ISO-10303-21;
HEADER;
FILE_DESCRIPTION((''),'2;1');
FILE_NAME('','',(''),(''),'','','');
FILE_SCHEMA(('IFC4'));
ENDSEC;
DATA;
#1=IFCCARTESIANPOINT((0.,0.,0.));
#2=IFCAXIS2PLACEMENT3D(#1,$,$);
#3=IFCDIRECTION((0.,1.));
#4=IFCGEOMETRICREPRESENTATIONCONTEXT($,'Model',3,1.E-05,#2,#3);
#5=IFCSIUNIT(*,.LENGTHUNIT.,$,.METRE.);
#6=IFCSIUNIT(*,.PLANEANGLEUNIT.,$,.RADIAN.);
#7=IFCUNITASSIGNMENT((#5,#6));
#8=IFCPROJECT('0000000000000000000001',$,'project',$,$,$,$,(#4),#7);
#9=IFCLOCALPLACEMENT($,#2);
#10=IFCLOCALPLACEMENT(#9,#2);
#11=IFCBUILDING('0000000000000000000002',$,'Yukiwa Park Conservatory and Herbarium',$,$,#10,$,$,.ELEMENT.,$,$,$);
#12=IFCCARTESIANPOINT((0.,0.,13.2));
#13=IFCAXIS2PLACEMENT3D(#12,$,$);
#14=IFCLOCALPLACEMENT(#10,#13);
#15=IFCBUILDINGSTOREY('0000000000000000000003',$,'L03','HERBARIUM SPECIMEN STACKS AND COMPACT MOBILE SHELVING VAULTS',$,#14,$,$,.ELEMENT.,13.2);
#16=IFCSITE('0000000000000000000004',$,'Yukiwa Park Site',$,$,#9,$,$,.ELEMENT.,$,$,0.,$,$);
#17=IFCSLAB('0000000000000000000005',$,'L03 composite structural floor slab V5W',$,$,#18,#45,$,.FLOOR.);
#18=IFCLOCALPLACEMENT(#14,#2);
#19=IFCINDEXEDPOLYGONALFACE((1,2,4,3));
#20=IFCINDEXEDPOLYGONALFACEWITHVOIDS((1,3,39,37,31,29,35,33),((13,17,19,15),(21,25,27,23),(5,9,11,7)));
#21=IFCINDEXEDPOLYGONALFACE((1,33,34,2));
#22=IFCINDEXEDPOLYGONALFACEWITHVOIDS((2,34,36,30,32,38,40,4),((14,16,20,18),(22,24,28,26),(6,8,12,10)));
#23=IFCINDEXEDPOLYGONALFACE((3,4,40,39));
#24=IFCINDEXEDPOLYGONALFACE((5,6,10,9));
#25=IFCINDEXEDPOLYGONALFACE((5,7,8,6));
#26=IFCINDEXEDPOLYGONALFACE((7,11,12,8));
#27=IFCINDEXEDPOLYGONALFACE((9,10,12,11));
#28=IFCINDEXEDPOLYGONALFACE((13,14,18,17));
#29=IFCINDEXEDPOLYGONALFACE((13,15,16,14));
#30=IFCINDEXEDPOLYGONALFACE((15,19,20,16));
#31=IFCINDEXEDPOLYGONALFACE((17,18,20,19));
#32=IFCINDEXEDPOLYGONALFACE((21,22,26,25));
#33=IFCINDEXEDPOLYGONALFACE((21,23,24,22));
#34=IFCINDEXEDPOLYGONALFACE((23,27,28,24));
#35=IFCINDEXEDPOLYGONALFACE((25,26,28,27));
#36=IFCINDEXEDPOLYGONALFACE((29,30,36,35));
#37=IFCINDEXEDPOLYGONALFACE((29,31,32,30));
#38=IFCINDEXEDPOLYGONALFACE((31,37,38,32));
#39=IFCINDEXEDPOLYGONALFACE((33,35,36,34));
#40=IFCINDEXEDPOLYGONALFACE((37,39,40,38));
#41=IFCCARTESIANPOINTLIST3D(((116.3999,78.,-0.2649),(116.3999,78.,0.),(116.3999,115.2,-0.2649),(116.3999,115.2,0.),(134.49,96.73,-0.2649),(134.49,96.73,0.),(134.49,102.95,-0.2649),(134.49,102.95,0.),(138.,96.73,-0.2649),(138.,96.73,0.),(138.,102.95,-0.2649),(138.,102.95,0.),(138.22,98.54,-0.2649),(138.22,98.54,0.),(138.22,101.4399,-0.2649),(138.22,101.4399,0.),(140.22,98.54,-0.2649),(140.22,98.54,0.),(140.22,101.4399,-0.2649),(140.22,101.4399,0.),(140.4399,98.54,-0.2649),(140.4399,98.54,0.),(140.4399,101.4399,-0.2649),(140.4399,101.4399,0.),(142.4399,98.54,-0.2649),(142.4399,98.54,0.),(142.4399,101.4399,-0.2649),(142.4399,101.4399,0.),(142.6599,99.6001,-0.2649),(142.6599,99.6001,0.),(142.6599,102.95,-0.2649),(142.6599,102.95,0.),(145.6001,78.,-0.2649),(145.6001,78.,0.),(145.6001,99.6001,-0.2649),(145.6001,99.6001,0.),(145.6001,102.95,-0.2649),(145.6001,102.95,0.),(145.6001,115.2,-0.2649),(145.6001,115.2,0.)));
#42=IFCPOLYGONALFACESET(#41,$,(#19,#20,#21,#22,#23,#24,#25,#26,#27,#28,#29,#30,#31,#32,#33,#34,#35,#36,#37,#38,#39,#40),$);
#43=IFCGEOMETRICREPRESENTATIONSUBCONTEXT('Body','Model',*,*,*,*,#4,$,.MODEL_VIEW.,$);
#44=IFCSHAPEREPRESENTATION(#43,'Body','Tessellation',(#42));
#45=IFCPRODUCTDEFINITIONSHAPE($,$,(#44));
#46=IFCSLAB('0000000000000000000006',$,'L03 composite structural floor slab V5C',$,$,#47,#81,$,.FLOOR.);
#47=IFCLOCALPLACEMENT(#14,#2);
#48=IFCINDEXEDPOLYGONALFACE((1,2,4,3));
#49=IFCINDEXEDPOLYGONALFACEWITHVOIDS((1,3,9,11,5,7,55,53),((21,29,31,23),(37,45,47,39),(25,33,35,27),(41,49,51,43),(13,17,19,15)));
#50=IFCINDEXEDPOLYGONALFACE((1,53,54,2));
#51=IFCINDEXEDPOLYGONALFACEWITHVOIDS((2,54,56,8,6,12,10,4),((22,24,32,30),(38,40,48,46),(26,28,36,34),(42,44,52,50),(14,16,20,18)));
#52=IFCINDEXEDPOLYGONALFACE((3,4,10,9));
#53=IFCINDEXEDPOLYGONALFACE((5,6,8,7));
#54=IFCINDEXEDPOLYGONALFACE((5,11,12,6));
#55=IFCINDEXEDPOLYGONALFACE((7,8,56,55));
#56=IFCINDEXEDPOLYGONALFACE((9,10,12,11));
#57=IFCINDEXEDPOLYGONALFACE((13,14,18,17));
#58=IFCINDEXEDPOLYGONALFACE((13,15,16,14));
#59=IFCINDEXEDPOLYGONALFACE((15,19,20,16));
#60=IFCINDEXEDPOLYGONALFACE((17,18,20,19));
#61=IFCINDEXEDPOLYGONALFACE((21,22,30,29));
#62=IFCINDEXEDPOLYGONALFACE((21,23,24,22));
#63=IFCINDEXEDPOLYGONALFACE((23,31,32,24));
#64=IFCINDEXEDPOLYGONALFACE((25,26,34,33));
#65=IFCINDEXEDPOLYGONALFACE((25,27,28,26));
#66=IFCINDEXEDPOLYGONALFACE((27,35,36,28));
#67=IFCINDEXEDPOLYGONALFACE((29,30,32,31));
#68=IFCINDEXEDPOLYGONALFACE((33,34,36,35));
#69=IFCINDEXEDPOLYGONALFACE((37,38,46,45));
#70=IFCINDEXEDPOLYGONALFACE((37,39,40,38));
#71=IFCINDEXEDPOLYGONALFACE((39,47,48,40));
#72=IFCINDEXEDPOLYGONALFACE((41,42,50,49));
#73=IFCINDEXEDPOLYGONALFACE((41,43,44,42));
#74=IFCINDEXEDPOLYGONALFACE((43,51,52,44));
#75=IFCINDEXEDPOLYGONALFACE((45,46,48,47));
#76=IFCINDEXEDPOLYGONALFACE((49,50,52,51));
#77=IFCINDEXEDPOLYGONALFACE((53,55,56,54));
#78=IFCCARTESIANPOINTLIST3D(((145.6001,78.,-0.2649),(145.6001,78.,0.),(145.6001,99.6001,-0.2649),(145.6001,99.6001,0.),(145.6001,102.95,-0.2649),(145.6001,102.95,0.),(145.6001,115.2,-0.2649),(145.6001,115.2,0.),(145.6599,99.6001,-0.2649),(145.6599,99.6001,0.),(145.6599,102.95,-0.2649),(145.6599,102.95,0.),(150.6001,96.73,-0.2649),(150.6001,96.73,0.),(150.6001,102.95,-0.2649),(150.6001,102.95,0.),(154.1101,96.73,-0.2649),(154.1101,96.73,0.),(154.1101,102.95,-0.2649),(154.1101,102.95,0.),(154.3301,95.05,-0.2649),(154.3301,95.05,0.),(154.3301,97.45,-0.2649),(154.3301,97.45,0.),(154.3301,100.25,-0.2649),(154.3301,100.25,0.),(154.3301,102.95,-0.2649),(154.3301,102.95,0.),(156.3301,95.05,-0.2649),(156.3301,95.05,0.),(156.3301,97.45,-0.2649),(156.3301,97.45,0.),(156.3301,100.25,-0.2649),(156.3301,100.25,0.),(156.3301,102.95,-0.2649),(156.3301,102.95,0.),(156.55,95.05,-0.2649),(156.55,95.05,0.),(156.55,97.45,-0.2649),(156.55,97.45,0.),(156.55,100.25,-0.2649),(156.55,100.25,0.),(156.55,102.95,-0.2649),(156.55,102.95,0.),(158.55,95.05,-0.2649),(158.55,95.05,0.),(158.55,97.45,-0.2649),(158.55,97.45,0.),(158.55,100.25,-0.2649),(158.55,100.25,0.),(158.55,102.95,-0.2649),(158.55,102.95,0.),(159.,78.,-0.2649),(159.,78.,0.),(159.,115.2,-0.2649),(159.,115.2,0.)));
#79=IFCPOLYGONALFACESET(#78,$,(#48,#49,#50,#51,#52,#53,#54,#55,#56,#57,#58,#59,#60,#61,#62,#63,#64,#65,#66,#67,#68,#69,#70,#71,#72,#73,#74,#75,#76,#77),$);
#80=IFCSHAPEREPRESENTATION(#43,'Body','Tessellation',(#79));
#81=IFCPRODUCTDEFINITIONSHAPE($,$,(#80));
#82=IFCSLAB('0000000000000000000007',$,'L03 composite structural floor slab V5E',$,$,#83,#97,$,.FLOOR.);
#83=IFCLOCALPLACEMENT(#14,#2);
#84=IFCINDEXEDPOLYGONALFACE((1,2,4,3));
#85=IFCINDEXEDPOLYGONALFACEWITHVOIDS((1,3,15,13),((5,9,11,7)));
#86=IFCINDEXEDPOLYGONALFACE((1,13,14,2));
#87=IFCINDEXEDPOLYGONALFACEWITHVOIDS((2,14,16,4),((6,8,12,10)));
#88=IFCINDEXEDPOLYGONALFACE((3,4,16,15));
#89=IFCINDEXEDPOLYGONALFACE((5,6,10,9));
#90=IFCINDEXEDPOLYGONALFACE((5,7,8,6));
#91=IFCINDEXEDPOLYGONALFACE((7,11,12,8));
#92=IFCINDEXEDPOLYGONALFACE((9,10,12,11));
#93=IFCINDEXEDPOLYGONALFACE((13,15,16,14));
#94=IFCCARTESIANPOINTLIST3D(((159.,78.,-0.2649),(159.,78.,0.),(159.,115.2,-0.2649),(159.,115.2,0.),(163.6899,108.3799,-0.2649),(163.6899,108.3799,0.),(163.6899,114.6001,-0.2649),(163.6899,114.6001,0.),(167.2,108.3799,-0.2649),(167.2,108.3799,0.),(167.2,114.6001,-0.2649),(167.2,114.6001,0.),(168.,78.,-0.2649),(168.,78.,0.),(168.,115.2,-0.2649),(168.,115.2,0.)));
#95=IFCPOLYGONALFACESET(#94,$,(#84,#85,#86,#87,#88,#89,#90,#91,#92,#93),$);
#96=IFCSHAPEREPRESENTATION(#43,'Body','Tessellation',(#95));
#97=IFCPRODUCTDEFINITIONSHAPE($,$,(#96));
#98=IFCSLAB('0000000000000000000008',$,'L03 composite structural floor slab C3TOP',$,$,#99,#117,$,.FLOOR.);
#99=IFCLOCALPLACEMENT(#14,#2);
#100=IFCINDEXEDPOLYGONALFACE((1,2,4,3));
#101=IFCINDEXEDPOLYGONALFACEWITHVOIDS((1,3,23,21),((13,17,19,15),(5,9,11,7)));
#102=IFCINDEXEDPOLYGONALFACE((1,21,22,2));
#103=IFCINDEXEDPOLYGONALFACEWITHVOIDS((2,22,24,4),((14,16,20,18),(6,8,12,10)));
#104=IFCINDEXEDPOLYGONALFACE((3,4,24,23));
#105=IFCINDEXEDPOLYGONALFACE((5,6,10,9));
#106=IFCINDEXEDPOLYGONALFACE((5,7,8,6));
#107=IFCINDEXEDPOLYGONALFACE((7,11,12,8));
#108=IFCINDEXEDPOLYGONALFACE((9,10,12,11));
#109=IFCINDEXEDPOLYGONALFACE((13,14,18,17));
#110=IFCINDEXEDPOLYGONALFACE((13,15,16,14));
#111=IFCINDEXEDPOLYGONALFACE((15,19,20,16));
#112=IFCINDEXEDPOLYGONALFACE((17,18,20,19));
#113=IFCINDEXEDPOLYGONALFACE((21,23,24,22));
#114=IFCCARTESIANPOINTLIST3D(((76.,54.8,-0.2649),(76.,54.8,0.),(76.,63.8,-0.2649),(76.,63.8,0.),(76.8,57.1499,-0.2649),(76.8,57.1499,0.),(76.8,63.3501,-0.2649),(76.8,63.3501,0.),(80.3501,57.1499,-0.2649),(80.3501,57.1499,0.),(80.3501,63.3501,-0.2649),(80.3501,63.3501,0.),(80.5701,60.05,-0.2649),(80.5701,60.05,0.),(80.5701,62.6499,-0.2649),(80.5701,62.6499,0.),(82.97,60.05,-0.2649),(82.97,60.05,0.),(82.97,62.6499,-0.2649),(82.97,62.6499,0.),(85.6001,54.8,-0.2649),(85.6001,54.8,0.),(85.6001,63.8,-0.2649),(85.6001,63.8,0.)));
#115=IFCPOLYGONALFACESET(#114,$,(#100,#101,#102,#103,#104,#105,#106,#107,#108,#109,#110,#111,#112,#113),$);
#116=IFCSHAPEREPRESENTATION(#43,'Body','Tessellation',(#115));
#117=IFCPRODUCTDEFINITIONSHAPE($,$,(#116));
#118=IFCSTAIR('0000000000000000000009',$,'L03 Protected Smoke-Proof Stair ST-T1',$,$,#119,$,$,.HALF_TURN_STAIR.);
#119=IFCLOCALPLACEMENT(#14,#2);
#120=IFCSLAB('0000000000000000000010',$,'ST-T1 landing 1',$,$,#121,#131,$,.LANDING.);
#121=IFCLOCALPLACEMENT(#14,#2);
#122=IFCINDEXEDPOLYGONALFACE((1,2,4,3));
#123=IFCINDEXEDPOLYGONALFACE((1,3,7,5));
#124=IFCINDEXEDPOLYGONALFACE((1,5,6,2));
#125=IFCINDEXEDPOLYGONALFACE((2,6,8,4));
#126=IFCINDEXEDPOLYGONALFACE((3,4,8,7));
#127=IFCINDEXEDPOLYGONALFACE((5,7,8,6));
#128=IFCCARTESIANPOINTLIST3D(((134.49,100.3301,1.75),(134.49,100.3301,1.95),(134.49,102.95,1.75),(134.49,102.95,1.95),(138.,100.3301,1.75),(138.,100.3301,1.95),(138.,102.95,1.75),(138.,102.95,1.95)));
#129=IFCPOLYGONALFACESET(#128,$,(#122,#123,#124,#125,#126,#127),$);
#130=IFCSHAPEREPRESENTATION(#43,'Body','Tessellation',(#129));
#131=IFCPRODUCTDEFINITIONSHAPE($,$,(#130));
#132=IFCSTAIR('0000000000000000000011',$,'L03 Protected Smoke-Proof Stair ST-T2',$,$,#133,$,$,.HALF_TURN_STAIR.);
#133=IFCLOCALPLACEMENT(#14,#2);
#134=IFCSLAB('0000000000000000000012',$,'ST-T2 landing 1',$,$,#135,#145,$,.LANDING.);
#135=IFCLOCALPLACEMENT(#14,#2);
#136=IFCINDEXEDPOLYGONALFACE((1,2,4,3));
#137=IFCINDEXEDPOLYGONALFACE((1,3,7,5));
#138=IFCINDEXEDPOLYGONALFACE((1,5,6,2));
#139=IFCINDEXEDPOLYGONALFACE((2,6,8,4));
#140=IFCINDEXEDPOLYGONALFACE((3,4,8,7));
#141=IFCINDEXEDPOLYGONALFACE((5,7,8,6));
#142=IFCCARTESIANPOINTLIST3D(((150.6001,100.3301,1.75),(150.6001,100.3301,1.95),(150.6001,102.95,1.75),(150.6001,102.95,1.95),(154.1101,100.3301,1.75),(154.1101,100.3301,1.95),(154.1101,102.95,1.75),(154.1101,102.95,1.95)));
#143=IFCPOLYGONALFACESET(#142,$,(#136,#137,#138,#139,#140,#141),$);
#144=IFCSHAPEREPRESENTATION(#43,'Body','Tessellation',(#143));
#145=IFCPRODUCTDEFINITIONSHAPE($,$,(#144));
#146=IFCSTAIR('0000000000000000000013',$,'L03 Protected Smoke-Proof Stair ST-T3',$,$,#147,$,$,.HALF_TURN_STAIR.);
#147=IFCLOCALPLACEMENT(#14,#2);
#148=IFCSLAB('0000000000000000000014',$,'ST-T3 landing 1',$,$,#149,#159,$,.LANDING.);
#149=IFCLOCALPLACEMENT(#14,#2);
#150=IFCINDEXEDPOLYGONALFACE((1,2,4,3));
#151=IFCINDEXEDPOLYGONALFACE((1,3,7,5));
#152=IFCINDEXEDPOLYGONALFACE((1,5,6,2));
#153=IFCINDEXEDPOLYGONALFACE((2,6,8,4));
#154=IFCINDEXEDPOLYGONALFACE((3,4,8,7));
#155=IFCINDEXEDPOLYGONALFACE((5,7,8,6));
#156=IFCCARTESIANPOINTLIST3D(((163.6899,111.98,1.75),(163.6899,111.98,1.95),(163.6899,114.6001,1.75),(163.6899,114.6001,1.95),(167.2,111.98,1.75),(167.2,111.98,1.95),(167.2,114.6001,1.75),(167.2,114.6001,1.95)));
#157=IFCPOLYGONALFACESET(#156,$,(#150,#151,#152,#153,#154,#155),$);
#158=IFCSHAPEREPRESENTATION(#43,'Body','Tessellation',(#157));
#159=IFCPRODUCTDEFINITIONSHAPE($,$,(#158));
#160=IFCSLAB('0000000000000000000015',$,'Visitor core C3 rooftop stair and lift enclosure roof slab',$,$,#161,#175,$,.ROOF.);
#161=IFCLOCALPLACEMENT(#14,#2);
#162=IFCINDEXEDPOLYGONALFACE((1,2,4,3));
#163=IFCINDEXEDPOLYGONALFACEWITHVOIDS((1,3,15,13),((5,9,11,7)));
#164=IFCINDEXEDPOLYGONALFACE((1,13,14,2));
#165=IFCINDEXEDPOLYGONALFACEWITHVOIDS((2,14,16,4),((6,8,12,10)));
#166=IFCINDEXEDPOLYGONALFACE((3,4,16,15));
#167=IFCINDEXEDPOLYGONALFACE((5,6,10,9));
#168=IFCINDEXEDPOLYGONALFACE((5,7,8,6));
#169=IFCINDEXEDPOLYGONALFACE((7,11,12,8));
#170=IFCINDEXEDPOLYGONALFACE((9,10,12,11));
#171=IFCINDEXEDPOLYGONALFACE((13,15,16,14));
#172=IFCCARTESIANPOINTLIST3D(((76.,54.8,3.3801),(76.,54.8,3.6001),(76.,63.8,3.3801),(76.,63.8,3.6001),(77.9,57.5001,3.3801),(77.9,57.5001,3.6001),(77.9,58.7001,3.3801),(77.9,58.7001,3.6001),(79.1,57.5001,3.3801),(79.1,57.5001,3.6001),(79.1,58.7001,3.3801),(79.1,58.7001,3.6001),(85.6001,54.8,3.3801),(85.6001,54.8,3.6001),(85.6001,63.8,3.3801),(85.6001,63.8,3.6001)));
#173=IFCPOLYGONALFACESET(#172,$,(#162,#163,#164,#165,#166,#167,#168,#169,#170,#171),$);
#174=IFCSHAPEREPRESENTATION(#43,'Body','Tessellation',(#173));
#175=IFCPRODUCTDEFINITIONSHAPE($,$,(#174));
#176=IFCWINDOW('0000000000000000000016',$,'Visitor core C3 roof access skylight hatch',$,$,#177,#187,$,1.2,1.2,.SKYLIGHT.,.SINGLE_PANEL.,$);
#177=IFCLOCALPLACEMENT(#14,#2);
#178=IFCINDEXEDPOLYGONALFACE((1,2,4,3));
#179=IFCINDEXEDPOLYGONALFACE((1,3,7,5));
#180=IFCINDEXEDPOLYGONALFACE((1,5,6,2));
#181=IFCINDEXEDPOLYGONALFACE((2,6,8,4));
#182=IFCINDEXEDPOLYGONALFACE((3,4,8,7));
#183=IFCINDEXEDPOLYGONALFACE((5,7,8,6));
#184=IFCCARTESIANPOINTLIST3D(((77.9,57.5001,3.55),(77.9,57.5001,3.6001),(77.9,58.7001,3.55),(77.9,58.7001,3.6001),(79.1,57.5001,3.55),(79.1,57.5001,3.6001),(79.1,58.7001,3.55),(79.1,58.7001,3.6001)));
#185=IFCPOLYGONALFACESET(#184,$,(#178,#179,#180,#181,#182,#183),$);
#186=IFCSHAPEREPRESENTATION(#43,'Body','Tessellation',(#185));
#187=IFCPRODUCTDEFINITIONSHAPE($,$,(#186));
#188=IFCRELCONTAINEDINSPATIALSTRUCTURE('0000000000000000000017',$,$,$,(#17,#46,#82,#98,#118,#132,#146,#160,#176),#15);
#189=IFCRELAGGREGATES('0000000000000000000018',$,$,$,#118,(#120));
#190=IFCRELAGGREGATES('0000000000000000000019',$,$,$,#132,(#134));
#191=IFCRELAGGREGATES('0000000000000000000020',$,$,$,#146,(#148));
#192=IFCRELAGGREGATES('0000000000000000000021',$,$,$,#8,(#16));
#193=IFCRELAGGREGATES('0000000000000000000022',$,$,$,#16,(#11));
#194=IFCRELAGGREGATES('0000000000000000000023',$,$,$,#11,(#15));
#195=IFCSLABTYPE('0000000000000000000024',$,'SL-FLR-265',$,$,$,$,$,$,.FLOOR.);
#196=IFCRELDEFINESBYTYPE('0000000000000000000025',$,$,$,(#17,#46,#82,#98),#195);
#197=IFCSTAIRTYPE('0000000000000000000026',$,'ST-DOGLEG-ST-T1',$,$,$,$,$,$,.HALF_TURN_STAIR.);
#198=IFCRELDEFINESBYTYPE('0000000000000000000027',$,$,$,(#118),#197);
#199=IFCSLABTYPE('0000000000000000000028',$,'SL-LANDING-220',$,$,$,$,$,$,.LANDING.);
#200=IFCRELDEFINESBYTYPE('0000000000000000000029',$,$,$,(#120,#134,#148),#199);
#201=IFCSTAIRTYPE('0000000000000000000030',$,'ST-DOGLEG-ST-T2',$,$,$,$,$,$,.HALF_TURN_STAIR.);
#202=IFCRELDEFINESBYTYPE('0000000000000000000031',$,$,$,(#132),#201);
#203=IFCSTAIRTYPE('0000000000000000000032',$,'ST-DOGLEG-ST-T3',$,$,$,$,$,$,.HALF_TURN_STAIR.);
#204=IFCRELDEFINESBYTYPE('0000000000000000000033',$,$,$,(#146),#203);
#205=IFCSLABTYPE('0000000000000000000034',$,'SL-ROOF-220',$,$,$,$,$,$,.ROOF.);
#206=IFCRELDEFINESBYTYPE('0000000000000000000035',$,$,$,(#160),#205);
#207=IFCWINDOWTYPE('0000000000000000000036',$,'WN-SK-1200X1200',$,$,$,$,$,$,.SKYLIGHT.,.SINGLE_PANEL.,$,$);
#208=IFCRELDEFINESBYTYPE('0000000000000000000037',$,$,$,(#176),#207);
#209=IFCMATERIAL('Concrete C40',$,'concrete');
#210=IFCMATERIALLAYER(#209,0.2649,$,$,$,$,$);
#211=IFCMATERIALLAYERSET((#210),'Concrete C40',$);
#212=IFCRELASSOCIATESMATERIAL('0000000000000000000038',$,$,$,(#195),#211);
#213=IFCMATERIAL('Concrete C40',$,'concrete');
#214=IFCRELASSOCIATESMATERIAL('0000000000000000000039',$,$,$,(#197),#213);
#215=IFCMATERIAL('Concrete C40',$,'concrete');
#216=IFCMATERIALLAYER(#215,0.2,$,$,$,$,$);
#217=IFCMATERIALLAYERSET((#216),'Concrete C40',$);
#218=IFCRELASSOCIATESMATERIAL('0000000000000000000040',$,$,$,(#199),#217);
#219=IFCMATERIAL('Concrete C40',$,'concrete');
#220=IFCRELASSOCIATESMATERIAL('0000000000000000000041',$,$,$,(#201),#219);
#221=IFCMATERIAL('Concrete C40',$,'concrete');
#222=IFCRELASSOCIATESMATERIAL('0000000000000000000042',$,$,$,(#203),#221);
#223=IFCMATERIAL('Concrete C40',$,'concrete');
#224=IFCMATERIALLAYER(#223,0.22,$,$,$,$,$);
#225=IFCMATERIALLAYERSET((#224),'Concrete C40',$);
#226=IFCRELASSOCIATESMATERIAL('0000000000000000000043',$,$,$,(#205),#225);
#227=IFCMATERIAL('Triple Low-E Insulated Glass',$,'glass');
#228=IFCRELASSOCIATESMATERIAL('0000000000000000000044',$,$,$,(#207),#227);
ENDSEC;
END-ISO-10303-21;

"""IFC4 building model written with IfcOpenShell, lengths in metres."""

from ifc_helpers import new_model, si_unit, direction, frame, origin, origin_2d, place, context, subcontext, project, spatial, polyline, rectangle, outline, extrude, material, layer, layer_set, type_object, element, fill, aggregate, save


model = new_model("IFC4")

# Units and contexts
model_context = context("Model", 3, precision=1e-05, world=origin(), true_north=direction((0.0, 1.0)))
body_context = subcontext(model_context, "Body", "Model", "MODEL_VIEW")
ifc_project = project(units=[si_unit("LENGTHUNIT", "METRE"), si_unit("PLANEANGLEUNIT", "RADIAN")], contexts=[model_context])

# Site, building, storey
site_placement = place(None, origin())
site = spatial("IfcSite", under=ifc_project, at=site_placement, Name="Yukiwa Park Site", CompositionType="ELEMENT", RefElevation=0.0)
building_placement = place(site_placement, origin())
building = spatial("IfcBuilding", under=site, at=building_placement, Name="Yukiwa Park Conservatory and Herbarium", CompositionType="ELEMENT")
storey_placement = place(building_placement, frame((0.0, 0.0, 13.2)))
storey = spatial("IfcBuildingStorey", under=building, at=storey_placement, Name="L03", Description="HERBARIUM SPECIMEN STACKS AND COMPACT MOBILE SHELVING VAULTS", CompositionType="ELEMENT", Elevation=13.2)

# Slabs
ifc_material_1 = material(Name="Concrete C40", Category="concrete")
ifc_layer_1 = layer(ifc_material_1, 0.2649)
ifc_layer_set_1 = layer_set([ifc_layer_1], Name="Concrete C40")
slab_type_1 = type_object("IfcSlabType", Name="SL-FLR-265", PredefinedType="FLOOR", material=ifc_layer_set_1)
slab_1_placement = place(storey_placement, frame((0.0, 0.0, -0.2649)))
element("IfcSlab", 1, at=slab_1_placement, inside=storey, type_object=slab_type_1, Name="L03 composite structural floor slab V5W", PredefinedType="FLOOR", context=body_context, shape_type="SweptSolid", body=[
    extrude(outline(polyline([(116.3999, 115.2), (145.6001, 115.2), (145.6001, 102.95), (142.6599, 102.95), (142.6599, 99.6001), (145.6001, 99.6001), (145.6001, 78.0), (116.3999, 78.0), (116.3999, 115.2)]), holes=[polyline([(138.0, 102.95), (134.49, 102.95), (134.49, 96.73), (138.0, 96.73), (138.0, 102.95)]), polyline([(138.22, 101.4399), (138.22, 98.54), (140.22, 98.54), (140.22, 101.4399), (138.22, 101.4399)]), polyline([(142.4399, 101.4399), (140.4399, 101.4399), (140.4399, 98.54), (142.4399, 98.54), (142.4399, 101.4399)])]), origin(), (0.0, 0.0, 1.0), 0.2649),
])
slab_2_placement = place(storey_placement, frame((0.0, 0.0, -0.2649)))
element("IfcSlab", 2, at=slab_2_placement, inside=storey, type_object=slab_type_1, Name="L03 composite structural floor slab V5C", PredefinedType="FLOOR", context=body_context, shape_type="SweptSolid", body=[
    extrude(outline(polyline([(145.6001, 99.6001), (145.6599, 99.6001), (145.6599, 102.95), (145.6001, 102.95), (145.6001, 115.2), (159.0, 115.2), (159.0, 78.0), (145.6001, 78.0), (145.6001, 99.6001)]), holes=[polyline([(154.3301, 97.45), (154.3301, 95.05), (156.3301, 95.05), (156.3301, 97.45), (154.3301, 97.45)]), polyline([(158.55, 97.45), (156.55, 97.45), (156.55, 95.05), (158.55, 95.05), (158.55, 97.45)]), polyline([(154.1101, 102.95), (150.6001, 102.95), (150.6001, 96.73), (154.1101, 96.73), (154.1101, 102.95)]), polyline([(154.3301, 102.95), (154.3301, 100.25), (156.3301, 100.25), (156.3301, 102.95), (154.3301, 102.95)]), polyline([(158.55, 102.95), (156.55, 102.95), (156.55, 100.25), (158.55, 100.25), (158.55, 102.95)])]), origin(), (0.0, 0.0, 1.0), 0.2649),
])
slab_3_placement = place(storey_placement, frame((0.0, 0.0, -0.2649)))
element("IfcSlab", 3, at=slab_3_placement, inside=storey, type_object=slab_type_1, Name="L03 composite structural floor slab V5E", PredefinedType="FLOOR", context=body_context, shape_type="SweptSolid", body=[
    extrude(outline(polyline([(168.0, 78.0), (159.0, 78.0), (159.0, 115.2), (168.0, 115.2), (168.0, 78.0)]), holes=[polyline([(167.2, 114.6001), (163.6899, 114.6001), (163.6899, 108.3799), (167.2, 108.3799), (167.2, 114.6001)])]), origin(), (0.0, 0.0, 1.0), 0.2649),
])
slab_4_placement = place(storey_placement, frame((0.0, 0.0, -0.2649)))
element("IfcSlab", 4, at=slab_4_placement, inside=storey, type_object=slab_type_1, Name="L03 composite structural floor slab C3TOP", PredefinedType="FLOOR", context=body_context, shape_type="SweptSolid", body=[
    extrude(outline(polyline([(76.0, 54.8), (76.0, 63.8), (85.6001, 63.8), (85.6001, 54.8), (76.0, 54.8)]), holes=[polyline([(76.8, 63.3501), (76.8, 57.1499), (80.3501, 57.1499), (80.3501, 63.3501), (76.8, 63.3501)]), polyline([(82.97, 62.6499), (80.5701, 62.6499), (80.5701, 60.05), (82.97, 60.05), (82.97, 62.6499)])]), origin(), (0.0, 0.0, 1.0), 0.2649),
])

# Stairs, slabs
ifc_material_2 = material(Name="Concrete C40", Category="concrete")
stair_type_1 = type_object("IfcStairType", Name="ST-DOGLEG-ST-T1", PredefinedType="HALF_TURN_STAIR", material=ifc_material_2)
stair_1_placement = place(storey_placement, origin())
stair_1 = element("IfcStair", 5, at=stair_1_placement, inside=storey, type_object=stair_type_1, Name="L03 Protected Smoke-Proof Stair ST-T1", PredefinedType="HALF_TURN_STAIR")
ifc_material_3 = material(Name="Concrete C40", Category="concrete")
ifc_layer_2 = layer(ifc_material_3, 0.2)
ifc_layer_set_2 = layer_set([ifc_layer_2], Name="Concrete C40")
slab_type_2 = type_object("IfcSlabType", Name="SL-LANDING-220", PredefinedType="LANDING", material=ifc_layer_set_2)
slab_5_placement = place(storey_placement, frame((0.0, 0.0, 1.75)))
slab_5 = element("IfcSlab", 6, at=slab_5_placement, type_object=slab_type_2, Name="ST-T1 landing 1", PredefinedType="LANDING", context=body_context, shape_type="SweptSolid", body=[
    extrude(outline(polyline([(138.0, 100.3301), (138.0, 102.95), (134.49, 102.95), (134.49, 100.3301), (138.0, 100.3301)])), origin(), (0.0, 0.0, 1.0), 0.2),
])
aggregate(stair_1, [slab_5])
ifc_material_4 = material(Name="Concrete C40", Category="concrete")
stair_type_2 = type_object("IfcStairType", Name="ST-DOGLEG-ST-T2", PredefinedType="HALF_TURN_STAIR", material=ifc_material_4)
stair_2_placement = place(storey_placement, origin())
stair_2 = element("IfcStair", 7, at=stair_2_placement, inside=storey, type_object=stair_type_2, Name="L03 Protected Smoke-Proof Stair ST-T2", PredefinedType="HALF_TURN_STAIR")
slab_6_placement = place(storey_placement, frame((0.0, 0.0, 1.75)))
slab_6 = element("IfcSlab", 8, at=slab_6_placement, type_object=slab_type_2, Name="ST-T2 landing 1", PredefinedType="LANDING", context=body_context, shape_type="SweptSolid", body=[
    extrude(outline(polyline([(154.1101, 100.3301), (154.1101, 102.95), (150.6001, 102.95), (150.6001, 100.3301), (154.1101, 100.3301)])), origin(), (0.0, 0.0, 1.0), 0.2),
])
aggregate(stair_2, [slab_6])
ifc_material_5 = material(Name="Concrete C40", Category="concrete")
stair_type_3 = type_object("IfcStairType", Name="ST-DOGLEG-ST-T3", PredefinedType="HALF_TURN_STAIR", material=ifc_material_5)
stair_3_placement = place(storey_placement, origin())
stair_3 = element("IfcStair", 9, at=stair_3_placement, inside=storey, type_object=stair_type_3, Name="L03 Protected Smoke-Proof Stair ST-T3", PredefinedType="HALF_TURN_STAIR")
slab_7_placement = place(storey_placement, frame((0.0, 0.0, 1.75)))
slab_7 = element("IfcSlab", 10, at=slab_7_placement, type_object=slab_type_2, Name="ST-T3 landing 1", PredefinedType="LANDING", context=body_context, shape_type="SweptSolid", body=[
    extrude(outline(polyline([(167.2, 111.98), (167.2, 114.6001), (163.6899, 114.6001), (163.6899, 111.98), (167.2, 111.98)])), origin(), (0.0, 0.0, 1.0), 0.2),
])
aggregate(stair_3, [slab_7])

# Slab, opening, window
ifc_material_6 = material(Name="Concrete C40", Category="concrete")
ifc_layer_3 = layer(ifc_material_6, 0.22)
ifc_layer_set_3 = layer_set([ifc_layer_3], Name="Concrete C40")
slab_type_3 = type_object("IfcSlabType", Name="SL-ROOF-220", PredefinedType="ROOF", material=ifc_layer_set_3)
slab_8_placement = place(storey_placement, frame((0.0, 0.0, 3.3801)))
slab_8 = element("IfcSlab", 11, at=slab_8_placement, inside=storey, type_object=slab_type_3, Name="Visitor core C3 rooftop stair and lift enclosure roof slab", PredefinedType="ROOF", context=body_context, shape_type="SweptSolid", body=[
    extrude(outline(polyline([(76.0, 54.8), (85.6001, 54.8), (85.6001, 63.8), (76.0, 63.8), (76.0, 54.8)])), origin(), (0.0, 0.0, 1.0), 0.22),
])
opening_placement = place(slab_8_placement, frame((78.5, 58.1001, -0.01)))
opening = element("IfcOpeningElement", 12, at=opening_placement, cuts=slab_8, PredefinedType="OPENING", context=body_context, shape_type="SweptSolid", body=[
    extrude(rectangle(XDim=1.2, YDim=1.2, at=origin_2d()), origin(), (0.0, 0.0, 1.0), 0.24),
])
ifc_material_7 = material(Name="Triple Low-E Insulated Glass", Category="glass")
window_type = type_object("IfcWindowType", Name="WN-SK-1200X1200", PartitioningType="SINGLE_PANEL", PredefinedType="SKYLIGHT", material=ifc_material_7)
window_placement = place(slab_8_placement, frame((78.5, 58.1001, 0.1699)))
window = element("IfcWindow", 13, at=window_placement, inside=storey, type_object=window_type, Name="Visitor core C3 roof access skylight hatch", OverallHeight=1.2, OverallWidth=1.2, PartitioningType="SINGLE_PANEL", PredefinedType="SKYLIGHT", context=body_context, shape_type="SweptSolid", body=[
    extrude(rectangle(XDim=1.2, YDim=1.2, at=origin_2d()), origin(), (0.0, 0.0, 1.0), 0.05),
])
fill(opening, window)

save(model, "model.ifc")
